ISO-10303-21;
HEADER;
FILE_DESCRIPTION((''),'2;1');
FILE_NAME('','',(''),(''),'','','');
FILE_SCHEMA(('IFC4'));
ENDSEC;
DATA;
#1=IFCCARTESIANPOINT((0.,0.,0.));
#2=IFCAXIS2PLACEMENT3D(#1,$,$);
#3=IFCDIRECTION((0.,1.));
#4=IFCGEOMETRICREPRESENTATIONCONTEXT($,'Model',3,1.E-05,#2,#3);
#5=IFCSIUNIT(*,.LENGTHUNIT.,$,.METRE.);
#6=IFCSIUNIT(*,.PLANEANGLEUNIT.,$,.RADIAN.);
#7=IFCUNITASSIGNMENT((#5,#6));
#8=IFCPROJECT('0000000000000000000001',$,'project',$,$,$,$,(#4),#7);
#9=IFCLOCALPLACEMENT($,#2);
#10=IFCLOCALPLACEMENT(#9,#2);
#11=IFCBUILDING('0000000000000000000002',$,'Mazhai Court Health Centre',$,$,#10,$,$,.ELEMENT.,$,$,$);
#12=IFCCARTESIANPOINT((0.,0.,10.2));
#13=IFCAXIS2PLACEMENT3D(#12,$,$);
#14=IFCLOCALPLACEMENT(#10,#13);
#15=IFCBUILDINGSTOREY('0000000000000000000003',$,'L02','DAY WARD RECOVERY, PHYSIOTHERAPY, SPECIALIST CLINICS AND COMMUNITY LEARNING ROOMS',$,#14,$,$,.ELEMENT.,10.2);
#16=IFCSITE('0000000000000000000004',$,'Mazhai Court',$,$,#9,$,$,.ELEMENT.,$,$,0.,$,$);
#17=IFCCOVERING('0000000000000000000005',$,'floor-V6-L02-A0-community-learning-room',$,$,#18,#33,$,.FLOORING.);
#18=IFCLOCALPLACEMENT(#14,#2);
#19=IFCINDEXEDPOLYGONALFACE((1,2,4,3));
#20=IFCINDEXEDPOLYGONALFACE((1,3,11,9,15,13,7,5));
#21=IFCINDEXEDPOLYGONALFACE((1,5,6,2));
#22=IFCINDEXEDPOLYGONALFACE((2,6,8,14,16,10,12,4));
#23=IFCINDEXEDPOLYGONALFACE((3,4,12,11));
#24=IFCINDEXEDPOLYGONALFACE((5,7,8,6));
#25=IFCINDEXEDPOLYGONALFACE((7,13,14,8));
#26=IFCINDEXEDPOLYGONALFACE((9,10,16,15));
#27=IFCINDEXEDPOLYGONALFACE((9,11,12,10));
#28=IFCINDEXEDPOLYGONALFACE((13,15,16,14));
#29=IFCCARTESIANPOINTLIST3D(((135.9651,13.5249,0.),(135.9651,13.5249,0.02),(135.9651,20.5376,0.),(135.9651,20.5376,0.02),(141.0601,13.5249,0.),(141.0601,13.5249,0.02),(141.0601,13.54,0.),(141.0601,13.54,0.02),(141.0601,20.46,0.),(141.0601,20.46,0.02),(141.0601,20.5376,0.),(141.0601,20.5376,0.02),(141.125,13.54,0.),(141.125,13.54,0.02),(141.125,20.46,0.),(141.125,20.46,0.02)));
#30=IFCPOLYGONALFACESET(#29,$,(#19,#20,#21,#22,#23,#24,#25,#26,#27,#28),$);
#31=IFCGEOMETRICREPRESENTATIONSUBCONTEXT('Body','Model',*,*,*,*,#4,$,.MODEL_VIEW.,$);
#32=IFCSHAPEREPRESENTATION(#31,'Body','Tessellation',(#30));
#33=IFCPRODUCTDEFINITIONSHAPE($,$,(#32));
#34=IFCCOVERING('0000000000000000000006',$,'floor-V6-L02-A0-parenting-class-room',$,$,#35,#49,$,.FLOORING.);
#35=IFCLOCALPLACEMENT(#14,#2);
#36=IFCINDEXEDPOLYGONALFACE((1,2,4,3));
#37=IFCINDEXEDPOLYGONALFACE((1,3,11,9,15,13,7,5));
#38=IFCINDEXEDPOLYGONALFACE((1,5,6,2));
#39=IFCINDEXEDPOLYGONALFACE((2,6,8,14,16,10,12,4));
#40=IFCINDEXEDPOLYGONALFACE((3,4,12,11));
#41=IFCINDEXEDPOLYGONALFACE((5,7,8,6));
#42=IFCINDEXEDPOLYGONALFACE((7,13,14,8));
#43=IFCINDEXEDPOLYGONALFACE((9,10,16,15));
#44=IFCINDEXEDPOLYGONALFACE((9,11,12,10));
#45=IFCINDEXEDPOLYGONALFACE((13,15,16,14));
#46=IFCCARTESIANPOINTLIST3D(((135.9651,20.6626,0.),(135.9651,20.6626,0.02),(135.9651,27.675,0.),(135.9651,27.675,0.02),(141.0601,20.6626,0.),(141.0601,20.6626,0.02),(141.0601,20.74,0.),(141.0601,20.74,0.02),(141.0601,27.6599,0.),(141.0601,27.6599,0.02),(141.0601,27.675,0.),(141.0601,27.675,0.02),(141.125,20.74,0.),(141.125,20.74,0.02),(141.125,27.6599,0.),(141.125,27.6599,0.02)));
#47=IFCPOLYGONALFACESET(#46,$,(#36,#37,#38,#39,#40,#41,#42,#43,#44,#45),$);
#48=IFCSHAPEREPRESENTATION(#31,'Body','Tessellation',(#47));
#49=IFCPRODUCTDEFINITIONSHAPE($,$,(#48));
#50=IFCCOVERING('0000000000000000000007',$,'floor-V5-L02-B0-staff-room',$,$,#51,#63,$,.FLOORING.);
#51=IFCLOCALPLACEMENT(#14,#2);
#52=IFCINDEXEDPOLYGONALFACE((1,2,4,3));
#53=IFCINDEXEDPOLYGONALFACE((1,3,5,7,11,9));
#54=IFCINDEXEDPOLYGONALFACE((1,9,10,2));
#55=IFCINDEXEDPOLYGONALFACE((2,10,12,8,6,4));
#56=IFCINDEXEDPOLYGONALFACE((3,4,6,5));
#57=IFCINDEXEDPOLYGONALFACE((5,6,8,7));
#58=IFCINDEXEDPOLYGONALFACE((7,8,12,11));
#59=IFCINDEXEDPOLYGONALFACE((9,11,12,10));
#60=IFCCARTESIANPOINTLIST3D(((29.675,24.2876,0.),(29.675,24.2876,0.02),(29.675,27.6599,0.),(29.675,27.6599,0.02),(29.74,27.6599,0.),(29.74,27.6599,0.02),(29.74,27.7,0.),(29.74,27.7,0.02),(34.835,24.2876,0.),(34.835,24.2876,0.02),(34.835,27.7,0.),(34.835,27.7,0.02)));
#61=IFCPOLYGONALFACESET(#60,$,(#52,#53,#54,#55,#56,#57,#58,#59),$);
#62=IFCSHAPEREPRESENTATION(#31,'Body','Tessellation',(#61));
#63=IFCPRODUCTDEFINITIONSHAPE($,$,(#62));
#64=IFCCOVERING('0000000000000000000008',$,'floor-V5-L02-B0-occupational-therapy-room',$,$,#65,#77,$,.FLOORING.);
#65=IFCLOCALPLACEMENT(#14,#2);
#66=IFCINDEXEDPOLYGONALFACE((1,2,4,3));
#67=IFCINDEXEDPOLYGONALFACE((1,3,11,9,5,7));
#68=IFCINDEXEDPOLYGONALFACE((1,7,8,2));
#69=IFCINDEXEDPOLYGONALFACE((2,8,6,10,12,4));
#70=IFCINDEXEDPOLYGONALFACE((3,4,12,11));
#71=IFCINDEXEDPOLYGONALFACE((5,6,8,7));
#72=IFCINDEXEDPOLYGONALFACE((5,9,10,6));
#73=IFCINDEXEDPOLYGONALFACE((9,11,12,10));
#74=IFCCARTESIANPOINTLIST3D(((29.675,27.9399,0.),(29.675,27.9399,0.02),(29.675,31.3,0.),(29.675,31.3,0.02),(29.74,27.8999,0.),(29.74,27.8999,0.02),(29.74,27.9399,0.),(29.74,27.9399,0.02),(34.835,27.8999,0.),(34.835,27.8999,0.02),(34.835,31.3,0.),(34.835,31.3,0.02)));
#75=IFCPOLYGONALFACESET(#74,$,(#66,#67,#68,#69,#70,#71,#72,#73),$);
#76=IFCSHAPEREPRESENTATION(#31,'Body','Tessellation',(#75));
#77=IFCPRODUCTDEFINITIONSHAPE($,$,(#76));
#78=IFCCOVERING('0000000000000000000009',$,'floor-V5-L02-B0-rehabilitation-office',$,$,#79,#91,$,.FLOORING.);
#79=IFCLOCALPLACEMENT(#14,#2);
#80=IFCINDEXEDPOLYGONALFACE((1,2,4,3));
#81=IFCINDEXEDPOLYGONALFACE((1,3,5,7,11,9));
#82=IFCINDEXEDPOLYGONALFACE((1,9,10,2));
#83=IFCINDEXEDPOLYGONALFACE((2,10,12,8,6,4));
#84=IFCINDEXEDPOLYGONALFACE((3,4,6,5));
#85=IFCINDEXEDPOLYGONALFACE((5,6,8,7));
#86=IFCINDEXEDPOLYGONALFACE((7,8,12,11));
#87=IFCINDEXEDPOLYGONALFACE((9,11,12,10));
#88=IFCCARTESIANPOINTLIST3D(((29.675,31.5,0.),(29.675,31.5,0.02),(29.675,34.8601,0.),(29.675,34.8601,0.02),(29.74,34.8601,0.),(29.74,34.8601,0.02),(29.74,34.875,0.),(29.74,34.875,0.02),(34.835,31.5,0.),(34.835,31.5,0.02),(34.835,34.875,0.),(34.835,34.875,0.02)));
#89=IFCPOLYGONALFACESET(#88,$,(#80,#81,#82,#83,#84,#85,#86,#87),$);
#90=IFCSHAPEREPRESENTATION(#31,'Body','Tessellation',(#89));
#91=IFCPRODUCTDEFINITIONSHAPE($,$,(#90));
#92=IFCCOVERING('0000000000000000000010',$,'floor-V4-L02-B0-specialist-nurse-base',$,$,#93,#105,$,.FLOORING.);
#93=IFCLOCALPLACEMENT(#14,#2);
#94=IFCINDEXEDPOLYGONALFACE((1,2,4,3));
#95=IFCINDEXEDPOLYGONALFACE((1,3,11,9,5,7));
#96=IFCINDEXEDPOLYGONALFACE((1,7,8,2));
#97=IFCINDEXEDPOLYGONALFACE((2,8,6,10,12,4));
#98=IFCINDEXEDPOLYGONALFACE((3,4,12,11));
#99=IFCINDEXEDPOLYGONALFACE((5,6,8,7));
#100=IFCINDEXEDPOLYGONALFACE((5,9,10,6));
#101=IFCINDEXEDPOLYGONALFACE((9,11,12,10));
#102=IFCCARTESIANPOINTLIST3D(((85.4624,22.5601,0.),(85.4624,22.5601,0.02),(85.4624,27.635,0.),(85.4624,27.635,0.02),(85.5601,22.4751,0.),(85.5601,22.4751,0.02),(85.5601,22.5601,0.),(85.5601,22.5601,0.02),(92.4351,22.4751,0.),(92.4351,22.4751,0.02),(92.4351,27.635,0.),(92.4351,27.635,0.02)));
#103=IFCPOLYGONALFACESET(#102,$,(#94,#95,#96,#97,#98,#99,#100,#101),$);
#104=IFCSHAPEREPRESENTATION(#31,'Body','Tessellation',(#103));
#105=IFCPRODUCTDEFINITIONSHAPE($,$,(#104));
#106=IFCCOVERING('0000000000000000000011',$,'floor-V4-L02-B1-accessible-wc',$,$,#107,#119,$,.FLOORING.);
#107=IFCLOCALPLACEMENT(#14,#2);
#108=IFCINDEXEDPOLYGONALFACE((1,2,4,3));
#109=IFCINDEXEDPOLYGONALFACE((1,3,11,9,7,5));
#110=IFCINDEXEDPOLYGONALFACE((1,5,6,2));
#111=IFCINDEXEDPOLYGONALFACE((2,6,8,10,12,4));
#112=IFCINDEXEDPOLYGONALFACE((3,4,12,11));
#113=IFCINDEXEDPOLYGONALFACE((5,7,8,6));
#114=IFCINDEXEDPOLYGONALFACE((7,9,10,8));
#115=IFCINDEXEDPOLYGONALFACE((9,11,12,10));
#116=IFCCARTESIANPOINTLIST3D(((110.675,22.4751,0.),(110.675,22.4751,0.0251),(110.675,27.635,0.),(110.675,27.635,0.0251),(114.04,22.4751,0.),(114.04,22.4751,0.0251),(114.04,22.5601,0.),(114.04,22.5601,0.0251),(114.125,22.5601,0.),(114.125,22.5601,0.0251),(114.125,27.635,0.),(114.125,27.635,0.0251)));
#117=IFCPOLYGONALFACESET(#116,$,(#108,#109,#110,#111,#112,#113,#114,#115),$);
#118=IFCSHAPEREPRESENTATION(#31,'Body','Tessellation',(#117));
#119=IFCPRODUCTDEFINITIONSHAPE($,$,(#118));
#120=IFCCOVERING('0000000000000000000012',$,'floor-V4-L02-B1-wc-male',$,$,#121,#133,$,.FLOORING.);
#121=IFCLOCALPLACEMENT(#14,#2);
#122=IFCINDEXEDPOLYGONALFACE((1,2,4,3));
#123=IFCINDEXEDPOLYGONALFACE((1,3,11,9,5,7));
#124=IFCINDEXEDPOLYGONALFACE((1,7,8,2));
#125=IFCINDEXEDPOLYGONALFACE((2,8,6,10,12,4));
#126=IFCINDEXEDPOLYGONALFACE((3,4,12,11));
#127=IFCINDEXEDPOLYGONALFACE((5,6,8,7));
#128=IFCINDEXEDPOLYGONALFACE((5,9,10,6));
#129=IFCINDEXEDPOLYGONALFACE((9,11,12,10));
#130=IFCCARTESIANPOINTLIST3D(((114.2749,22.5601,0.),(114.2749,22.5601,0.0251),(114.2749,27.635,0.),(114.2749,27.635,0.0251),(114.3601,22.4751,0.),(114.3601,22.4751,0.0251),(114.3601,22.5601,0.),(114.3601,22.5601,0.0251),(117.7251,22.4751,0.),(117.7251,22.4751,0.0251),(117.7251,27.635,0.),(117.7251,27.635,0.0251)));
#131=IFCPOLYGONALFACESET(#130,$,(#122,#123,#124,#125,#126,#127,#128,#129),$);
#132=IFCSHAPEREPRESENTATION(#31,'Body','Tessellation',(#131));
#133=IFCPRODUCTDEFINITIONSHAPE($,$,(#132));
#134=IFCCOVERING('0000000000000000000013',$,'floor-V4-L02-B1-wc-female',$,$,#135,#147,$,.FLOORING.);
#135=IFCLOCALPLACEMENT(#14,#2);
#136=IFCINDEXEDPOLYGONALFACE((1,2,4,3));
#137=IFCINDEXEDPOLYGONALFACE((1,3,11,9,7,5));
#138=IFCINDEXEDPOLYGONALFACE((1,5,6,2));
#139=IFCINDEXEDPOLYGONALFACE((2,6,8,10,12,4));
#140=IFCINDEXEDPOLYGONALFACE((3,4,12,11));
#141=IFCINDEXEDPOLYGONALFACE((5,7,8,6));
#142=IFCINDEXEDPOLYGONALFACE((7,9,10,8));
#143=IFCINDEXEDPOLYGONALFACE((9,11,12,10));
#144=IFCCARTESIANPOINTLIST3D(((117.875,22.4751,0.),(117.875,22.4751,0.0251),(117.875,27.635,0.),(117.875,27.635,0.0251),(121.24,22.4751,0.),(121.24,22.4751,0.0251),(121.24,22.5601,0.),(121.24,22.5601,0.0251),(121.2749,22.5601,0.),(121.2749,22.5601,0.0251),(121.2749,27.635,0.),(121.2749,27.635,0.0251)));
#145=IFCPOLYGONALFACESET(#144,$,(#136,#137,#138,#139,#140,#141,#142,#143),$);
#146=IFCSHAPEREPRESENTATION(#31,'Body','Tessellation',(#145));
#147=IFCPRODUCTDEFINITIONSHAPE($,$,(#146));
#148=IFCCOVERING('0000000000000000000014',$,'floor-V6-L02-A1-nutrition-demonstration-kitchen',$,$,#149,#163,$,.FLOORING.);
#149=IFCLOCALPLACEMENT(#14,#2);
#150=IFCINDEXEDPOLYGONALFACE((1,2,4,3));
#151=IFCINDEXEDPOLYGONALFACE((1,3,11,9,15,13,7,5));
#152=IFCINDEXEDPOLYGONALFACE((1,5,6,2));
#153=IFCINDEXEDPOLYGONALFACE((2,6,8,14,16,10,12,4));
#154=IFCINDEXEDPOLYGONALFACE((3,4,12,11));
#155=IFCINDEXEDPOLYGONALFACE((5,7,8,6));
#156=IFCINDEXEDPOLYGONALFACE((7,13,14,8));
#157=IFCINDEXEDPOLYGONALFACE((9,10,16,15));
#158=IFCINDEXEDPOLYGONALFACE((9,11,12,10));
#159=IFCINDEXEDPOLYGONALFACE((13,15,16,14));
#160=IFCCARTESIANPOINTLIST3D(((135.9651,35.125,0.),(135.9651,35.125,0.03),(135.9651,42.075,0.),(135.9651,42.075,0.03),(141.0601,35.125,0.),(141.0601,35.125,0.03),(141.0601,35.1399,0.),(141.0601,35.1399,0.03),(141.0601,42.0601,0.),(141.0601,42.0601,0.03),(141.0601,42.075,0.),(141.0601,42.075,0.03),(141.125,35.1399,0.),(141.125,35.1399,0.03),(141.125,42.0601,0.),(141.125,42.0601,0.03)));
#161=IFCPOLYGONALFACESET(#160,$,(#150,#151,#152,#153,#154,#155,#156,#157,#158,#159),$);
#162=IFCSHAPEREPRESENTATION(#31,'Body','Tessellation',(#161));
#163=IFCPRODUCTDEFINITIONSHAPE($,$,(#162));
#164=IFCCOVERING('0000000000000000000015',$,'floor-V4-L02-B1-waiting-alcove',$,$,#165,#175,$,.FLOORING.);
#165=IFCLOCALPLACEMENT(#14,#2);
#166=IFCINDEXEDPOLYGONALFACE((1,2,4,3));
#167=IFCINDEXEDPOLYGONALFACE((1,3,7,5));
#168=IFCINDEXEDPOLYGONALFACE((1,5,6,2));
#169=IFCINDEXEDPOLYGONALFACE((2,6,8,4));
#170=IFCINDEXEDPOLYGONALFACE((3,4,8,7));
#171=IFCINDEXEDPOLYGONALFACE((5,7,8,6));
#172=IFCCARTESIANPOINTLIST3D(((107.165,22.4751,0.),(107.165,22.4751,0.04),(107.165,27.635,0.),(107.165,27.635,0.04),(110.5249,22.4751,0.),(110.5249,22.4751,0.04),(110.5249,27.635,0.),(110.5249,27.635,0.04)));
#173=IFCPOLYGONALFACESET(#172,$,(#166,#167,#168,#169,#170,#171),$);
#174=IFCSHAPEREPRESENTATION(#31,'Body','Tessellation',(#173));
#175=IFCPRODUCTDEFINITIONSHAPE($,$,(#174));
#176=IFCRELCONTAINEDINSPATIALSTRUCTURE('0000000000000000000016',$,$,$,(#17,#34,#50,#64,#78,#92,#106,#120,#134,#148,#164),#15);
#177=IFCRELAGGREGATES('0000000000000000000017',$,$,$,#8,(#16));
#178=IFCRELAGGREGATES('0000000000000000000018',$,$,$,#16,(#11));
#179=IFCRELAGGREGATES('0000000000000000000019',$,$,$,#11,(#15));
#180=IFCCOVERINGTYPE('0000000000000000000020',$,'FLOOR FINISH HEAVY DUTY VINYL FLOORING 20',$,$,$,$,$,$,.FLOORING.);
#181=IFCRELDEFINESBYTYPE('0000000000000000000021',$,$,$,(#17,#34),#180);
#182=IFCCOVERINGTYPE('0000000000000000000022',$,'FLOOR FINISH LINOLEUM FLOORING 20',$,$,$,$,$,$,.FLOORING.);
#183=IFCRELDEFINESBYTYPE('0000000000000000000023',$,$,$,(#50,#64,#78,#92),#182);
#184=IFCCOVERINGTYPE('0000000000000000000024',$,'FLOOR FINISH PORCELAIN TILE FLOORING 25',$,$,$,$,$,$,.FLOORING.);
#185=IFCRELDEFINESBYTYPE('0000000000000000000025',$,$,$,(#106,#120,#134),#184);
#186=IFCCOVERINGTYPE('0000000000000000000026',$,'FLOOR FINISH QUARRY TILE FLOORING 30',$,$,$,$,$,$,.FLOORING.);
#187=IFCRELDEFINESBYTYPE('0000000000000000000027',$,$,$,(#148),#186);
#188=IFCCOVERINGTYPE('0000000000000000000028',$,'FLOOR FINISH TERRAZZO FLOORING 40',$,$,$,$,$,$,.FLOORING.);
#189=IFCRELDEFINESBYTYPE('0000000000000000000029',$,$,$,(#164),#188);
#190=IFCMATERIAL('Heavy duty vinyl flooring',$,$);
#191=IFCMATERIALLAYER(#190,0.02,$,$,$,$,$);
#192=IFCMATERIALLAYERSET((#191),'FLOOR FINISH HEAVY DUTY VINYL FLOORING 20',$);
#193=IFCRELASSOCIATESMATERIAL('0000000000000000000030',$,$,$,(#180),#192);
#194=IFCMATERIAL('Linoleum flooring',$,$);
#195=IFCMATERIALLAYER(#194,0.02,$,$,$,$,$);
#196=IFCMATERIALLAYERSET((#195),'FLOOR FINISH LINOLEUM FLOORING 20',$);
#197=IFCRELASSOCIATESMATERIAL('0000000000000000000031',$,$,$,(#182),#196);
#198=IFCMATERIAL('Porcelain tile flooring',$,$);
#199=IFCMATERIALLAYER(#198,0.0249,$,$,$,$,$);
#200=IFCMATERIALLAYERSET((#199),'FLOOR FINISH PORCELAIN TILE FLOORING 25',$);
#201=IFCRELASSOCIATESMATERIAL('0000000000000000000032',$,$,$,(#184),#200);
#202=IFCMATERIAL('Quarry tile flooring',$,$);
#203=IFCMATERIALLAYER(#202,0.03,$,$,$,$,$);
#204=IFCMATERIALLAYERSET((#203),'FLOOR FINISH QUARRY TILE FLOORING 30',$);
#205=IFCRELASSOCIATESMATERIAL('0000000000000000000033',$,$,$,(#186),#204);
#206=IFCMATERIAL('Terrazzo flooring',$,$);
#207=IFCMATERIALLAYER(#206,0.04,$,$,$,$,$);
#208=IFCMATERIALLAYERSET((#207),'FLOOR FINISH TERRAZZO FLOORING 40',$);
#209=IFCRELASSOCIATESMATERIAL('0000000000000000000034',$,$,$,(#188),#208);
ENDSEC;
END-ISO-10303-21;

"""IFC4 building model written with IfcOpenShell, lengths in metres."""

from ifc_helpers import new_model, si_unit, direction, frame, origin, place, context, subcontext, project, spatial, polyline, outline, extrude, material, layer, layer_set, type_object, element, save


model = new_model("IFC4")

# Units and contexts
model_context = context("Model", 3, precision=1e-05, world=origin(), true_north=direction((0.0, 1.0)))
body_context = subcontext(model_context, "Body", "Model", "MODEL_VIEW")
ifc_project = project(units=[si_unit("LENGTHUNIT", "METRE"), si_unit("PLANEANGLEUNIT", "RADIAN")], contexts=[model_context])

# Site, building, storey
site_placement = place(None, origin())
site = spatial("IfcSite", under=ifc_project, at=site_placement, Name="Mazhai Court", CompositionType="ELEMENT", RefElevation=0.0)
building_placement = place(site_placement, origin())
building = spatial("IfcBuilding", under=site, at=building_placement, Name="Mazhai Court Health Centre", CompositionType="ELEMENT")
storey_placement = place(building_placement, frame((0.0, 0.0, 10.2)))
storey = spatial("IfcBuildingStorey", under=building, at=storey_placement, Name="L02", Description="DAY WARD RECOVERY, PHYSIOTHERAPY, SPECIALIST CLINICS AND COMMUNITY LEARNING ROOMS", CompositionType="ELEMENT", Elevation=10.2)

# Coverings
ifc_material_1 = material(Name="Heavy duty vinyl flooring")
ifc_layer_1 = layer(ifc_material_1, 0.02)
ifc_layer_set_1 = layer_set([ifc_layer_1], Name="FLOOR FINISH HEAVY DUTY VINYL FLOORING 20")
covering_type_1 = type_object("IfcCoveringType", Name="FLOOR FINISH HEAVY DUTY VINYL FLOORING 20", PredefinedType="FLOORING", material=ifc_layer_set_1)
covering_1_placement = place(storey_placement, origin())
element("IfcCovering", 1, at=covering_1_placement, inside=storey, type_object=covering_type_1, Name="floor-V6-L02-A0-community-learning-room", PredefinedType="FLOORING", context=body_context, shape_type="SweptSolid", body=[
    extrude(outline(polyline([(141.125, 20.46), (141.0601, 20.46), (141.0601, 20.5376), (135.9651, 20.5376), (135.9651, 13.5249), (141.0601, 13.5249), (141.0601, 13.54), (141.125, 13.54), (141.125, 20.46)])), origin(), (0.0, 0.0, 1.0), 0.02),
])
covering_2_placement = place(storey_placement, origin())
element("IfcCovering", 2, at=covering_2_placement, inside=storey, type_object=covering_type_1, Name="floor-V6-L02-A0-parenting-class-room", PredefinedType="FLOORING", context=body_context, shape_type="SweptSolid", body=[
    extrude(outline(polyline([(141.125, 27.6599), (141.0601, 27.6599), (141.0601, 27.675), (135.9651, 27.675), (135.9651, 20.6626), (141.0601, 20.6626), (141.0601, 20.74), (141.125, 20.74), (141.125, 27.6599)])), origin(), (0.0, 0.0, 1.0), 0.02),
])
ifc_material_2 = material(Name="Linoleum flooring")
ifc_layer_2 = layer(ifc_material_2, 0.02)
ifc_layer_set_2 = layer_set([ifc_layer_2], Name="FLOOR FINISH LINOLEUM FLOORING 20")
covering_type_2 = type_object("IfcCoveringType", Name="FLOOR FINISH LINOLEUM FLOORING 20", PredefinedType="FLOORING", material=ifc_layer_set_2)
covering_3_placement = place(storey_placement, origin())
element("IfcCovering", 3, at=covering_3_placement, inside=storey, type_object=covering_type_2, Name="floor-V5-L02-B0-staff-room", PredefinedType="FLOORING", context=body_context, shape_type="SweptSolid", body=[
    extrude(outline(polyline([(29.74, 27.7), (29.74, 27.6599), (29.675, 27.6599), (29.675, 24.2876), (34.835, 24.2876), (34.835, 27.7), (29.74, 27.7)])), origin(), (0.0, 0.0, 1.0), 0.02),
])
covering_4_placement = place(storey_placement, origin())
element("IfcCovering", 4, at=covering_4_placement, inside=storey, type_object=covering_type_2, Name="floor-V5-L02-B0-occupational-therapy-room", PredefinedType="FLOORING", context=body_context, shape_type="SweptSolid", body=[
    extrude(outline(polyline([(29.675, 27.9399), (29.74, 27.9399), (29.74, 27.8999), (34.835, 27.8999), (34.835, 31.3), (29.675, 31.3), (29.675, 27.9399)])), origin(), (0.0, 0.0, 1.0), 0.02),
])
covering_5_placement = place(storey_placement, origin())
element("IfcCovering", 5, at=covering_5_placement, inside=storey, type_object=covering_type_2, Name="floor-V5-L02-B0-rehabilitation-office", PredefinedType="FLOORING", context=body_context, shape_type="SweptSolid", body=[
    extrude(outline(polyline([(29.74, 34.875), (29.74, 34.8601), (29.675, 34.8601), (29.675, 31.5), (34.835, 31.5), (34.835, 34.875), (29.74, 34.875)])), origin(), (0.0, 0.0, 1.0), 0.02),
])
covering_6_placement = place(storey_placement, origin())
element("IfcCovering", 6, at=covering_6_placement, inside=storey, type_object=covering_type_2, Name="floor-V4-L02-B0-specialist-nurse-base", PredefinedType="FLOORING", context=body_context, shape_type="SweptSolid", body=[
    extrude(outline(polyline([(85.4624, 22.5601), (85.5601, 22.5601), (85.5601, 22.4751), (92.4351, 22.4751), (92.4351, 27.635), (85.4624, 27.635), (85.4624, 22.5601)])), origin(), (0.0, 0.0, 1.0), 0.02),
])
ifc_material_3 = material(Name="Porcelain tile flooring")
ifc_layer_3 = layer(ifc_material_3, 0.0249)
ifc_layer_set_3 = layer_set([ifc_layer_3], Name="FLOOR FINISH PORCELAIN TILE FLOORING 25")
covering_type_3 = type_object("IfcCoveringType", Name="FLOOR FINISH PORCELAIN TILE FLOORING 25", PredefinedType="FLOORING", material=ifc_layer_set_3)
covering_7_placement = place(storey_placement, origin())
element("IfcCovering", 7, at=covering_7_placement, inside=storey, type_object=covering_type_3, Name="floor-V4-L02-B1-accessible-wc", PredefinedType="FLOORING", context=body_context, shape_type="SweptSolid", body=[
    extrude(outline(polyline([(114.04, 22.4751), (114.04, 22.5601), (114.125, 22.5601), (114.125, 27.635), (110.675, 27.635), (110.675, 22.4751), (114.04, 22.4751)])), origin(), (0.0, 0.0, 1.0), 0.0251),
])
covering_8_placement = place(storey_placement, origin())
element("IfcCovering", 8, at=covering_8_placement, inside=storey, type_object=covering_type_3, Name="floor-V4-L02-B1-wc-male", PredefinedType="FLOORING", context=body_context, shape_type="SweptSolid", body=[
    extrude(outline(polyline([(114.2749, 22.5601), (114.3601, 22.5601), (114.3601, 22.4751), (117.7251, 22.4751), (117.7251, 27.635), (114.2749, 27.635), (114.2749, 22.5601)])), origin(), (0.0, 0.0, 1.0), 0.0251),
])
covering_9_placement = place(storey_placement, origin())
element("IfcCovering", 9, at=covering_9_placement, inside=storey, type_object=covering_type_3, Name="floor-V4-L02-B1-wc-female", PredefinedType="FLOORING", context=body_context, shape_type="SweptSolid", body=[
    extrude(outline(polyline([(121.24, 22.4751), (121.24, 22.5601), (121.2749, 22.5601), (121.2749, 27.635), (117.875, 27.635), (117.875, 22.4751), (121.24, 22.4751)])), origin(), (0.0, 0.0, 1.0), 0.0251),
])
ifc_material_4 = material(Name="Quarry tile flooring")
ifc_layer_4 = layer(ifc_material_4, 0.03)
ifc_layer_set_4 = layer_set([ifc_layer_4], Name="FLOOR FINISH QUARRY TILE FLOORING 30")
covering_type_4 = type_object("IfcCoveringType", Name="FLOOR FINISH QUARRY TILE FLOORING 30", PredefinedType="FLOORING", material=ifc_layer_set_4)
covering_10_placement = place(storey_placement, origin())
element("IfcCovering", 10, at=covering_10_placement, inside=storey, type_object=covering_type_4, Name="floor-V6-L02-A1-nutrition-demonstration-kitchen", PredefinedType="FLOORING", context=body_context, shape_type="SweptSolid", body=[
    extrude(outline(polyline([(141.125, 42.0601), (141.0601, 42.0601), (141.0601, 42.075), (135.9651, 42.075), (135.9651, 35.125), (141.0601, 35.125), (141.0601, 35.1399), (141.125, 35.1399), (141.125, 42.0601)])), origin(), (0.0, 0.0, 1.0), 0.03),
])
ifc_material_5 = material(Name="Terrazzo flooring")
ifc_layer_5 = layer(ifc_material_5, 0.04)
ifc_layer_set_5 = layer_set([ifc_layer_5], Name="FLOOR FINISH TERRAZZO FLOORING 40")
covering_type_5 = type_object("IfcCoveringType", Name="FLOOR FINISH TERRAZZO FLOORING 40", PredefinedType="FLOORING", material=ifc_layer_set_5)
covering_11_placement = place(storey_placement, origin())
element("IfcCovering", 11, at=covering_11_placement, inside=storey, type_object=covering_type_5, Name="floor-V4-L02-B1-waiting-alcove", PredefinedType="FLOORING", context=body_context, shape_type="SweptSolid", body=[
    extrude(outline(polyline([(110.5249, 22.4751), (110.5249, 27.635), (107.165, 27.635), (107.165, 22.4751), (110.5249, 22.4751)])), origin(), (0.0, 0.0, 1.0), 0.04),
])

save(model, "model.ifc")
